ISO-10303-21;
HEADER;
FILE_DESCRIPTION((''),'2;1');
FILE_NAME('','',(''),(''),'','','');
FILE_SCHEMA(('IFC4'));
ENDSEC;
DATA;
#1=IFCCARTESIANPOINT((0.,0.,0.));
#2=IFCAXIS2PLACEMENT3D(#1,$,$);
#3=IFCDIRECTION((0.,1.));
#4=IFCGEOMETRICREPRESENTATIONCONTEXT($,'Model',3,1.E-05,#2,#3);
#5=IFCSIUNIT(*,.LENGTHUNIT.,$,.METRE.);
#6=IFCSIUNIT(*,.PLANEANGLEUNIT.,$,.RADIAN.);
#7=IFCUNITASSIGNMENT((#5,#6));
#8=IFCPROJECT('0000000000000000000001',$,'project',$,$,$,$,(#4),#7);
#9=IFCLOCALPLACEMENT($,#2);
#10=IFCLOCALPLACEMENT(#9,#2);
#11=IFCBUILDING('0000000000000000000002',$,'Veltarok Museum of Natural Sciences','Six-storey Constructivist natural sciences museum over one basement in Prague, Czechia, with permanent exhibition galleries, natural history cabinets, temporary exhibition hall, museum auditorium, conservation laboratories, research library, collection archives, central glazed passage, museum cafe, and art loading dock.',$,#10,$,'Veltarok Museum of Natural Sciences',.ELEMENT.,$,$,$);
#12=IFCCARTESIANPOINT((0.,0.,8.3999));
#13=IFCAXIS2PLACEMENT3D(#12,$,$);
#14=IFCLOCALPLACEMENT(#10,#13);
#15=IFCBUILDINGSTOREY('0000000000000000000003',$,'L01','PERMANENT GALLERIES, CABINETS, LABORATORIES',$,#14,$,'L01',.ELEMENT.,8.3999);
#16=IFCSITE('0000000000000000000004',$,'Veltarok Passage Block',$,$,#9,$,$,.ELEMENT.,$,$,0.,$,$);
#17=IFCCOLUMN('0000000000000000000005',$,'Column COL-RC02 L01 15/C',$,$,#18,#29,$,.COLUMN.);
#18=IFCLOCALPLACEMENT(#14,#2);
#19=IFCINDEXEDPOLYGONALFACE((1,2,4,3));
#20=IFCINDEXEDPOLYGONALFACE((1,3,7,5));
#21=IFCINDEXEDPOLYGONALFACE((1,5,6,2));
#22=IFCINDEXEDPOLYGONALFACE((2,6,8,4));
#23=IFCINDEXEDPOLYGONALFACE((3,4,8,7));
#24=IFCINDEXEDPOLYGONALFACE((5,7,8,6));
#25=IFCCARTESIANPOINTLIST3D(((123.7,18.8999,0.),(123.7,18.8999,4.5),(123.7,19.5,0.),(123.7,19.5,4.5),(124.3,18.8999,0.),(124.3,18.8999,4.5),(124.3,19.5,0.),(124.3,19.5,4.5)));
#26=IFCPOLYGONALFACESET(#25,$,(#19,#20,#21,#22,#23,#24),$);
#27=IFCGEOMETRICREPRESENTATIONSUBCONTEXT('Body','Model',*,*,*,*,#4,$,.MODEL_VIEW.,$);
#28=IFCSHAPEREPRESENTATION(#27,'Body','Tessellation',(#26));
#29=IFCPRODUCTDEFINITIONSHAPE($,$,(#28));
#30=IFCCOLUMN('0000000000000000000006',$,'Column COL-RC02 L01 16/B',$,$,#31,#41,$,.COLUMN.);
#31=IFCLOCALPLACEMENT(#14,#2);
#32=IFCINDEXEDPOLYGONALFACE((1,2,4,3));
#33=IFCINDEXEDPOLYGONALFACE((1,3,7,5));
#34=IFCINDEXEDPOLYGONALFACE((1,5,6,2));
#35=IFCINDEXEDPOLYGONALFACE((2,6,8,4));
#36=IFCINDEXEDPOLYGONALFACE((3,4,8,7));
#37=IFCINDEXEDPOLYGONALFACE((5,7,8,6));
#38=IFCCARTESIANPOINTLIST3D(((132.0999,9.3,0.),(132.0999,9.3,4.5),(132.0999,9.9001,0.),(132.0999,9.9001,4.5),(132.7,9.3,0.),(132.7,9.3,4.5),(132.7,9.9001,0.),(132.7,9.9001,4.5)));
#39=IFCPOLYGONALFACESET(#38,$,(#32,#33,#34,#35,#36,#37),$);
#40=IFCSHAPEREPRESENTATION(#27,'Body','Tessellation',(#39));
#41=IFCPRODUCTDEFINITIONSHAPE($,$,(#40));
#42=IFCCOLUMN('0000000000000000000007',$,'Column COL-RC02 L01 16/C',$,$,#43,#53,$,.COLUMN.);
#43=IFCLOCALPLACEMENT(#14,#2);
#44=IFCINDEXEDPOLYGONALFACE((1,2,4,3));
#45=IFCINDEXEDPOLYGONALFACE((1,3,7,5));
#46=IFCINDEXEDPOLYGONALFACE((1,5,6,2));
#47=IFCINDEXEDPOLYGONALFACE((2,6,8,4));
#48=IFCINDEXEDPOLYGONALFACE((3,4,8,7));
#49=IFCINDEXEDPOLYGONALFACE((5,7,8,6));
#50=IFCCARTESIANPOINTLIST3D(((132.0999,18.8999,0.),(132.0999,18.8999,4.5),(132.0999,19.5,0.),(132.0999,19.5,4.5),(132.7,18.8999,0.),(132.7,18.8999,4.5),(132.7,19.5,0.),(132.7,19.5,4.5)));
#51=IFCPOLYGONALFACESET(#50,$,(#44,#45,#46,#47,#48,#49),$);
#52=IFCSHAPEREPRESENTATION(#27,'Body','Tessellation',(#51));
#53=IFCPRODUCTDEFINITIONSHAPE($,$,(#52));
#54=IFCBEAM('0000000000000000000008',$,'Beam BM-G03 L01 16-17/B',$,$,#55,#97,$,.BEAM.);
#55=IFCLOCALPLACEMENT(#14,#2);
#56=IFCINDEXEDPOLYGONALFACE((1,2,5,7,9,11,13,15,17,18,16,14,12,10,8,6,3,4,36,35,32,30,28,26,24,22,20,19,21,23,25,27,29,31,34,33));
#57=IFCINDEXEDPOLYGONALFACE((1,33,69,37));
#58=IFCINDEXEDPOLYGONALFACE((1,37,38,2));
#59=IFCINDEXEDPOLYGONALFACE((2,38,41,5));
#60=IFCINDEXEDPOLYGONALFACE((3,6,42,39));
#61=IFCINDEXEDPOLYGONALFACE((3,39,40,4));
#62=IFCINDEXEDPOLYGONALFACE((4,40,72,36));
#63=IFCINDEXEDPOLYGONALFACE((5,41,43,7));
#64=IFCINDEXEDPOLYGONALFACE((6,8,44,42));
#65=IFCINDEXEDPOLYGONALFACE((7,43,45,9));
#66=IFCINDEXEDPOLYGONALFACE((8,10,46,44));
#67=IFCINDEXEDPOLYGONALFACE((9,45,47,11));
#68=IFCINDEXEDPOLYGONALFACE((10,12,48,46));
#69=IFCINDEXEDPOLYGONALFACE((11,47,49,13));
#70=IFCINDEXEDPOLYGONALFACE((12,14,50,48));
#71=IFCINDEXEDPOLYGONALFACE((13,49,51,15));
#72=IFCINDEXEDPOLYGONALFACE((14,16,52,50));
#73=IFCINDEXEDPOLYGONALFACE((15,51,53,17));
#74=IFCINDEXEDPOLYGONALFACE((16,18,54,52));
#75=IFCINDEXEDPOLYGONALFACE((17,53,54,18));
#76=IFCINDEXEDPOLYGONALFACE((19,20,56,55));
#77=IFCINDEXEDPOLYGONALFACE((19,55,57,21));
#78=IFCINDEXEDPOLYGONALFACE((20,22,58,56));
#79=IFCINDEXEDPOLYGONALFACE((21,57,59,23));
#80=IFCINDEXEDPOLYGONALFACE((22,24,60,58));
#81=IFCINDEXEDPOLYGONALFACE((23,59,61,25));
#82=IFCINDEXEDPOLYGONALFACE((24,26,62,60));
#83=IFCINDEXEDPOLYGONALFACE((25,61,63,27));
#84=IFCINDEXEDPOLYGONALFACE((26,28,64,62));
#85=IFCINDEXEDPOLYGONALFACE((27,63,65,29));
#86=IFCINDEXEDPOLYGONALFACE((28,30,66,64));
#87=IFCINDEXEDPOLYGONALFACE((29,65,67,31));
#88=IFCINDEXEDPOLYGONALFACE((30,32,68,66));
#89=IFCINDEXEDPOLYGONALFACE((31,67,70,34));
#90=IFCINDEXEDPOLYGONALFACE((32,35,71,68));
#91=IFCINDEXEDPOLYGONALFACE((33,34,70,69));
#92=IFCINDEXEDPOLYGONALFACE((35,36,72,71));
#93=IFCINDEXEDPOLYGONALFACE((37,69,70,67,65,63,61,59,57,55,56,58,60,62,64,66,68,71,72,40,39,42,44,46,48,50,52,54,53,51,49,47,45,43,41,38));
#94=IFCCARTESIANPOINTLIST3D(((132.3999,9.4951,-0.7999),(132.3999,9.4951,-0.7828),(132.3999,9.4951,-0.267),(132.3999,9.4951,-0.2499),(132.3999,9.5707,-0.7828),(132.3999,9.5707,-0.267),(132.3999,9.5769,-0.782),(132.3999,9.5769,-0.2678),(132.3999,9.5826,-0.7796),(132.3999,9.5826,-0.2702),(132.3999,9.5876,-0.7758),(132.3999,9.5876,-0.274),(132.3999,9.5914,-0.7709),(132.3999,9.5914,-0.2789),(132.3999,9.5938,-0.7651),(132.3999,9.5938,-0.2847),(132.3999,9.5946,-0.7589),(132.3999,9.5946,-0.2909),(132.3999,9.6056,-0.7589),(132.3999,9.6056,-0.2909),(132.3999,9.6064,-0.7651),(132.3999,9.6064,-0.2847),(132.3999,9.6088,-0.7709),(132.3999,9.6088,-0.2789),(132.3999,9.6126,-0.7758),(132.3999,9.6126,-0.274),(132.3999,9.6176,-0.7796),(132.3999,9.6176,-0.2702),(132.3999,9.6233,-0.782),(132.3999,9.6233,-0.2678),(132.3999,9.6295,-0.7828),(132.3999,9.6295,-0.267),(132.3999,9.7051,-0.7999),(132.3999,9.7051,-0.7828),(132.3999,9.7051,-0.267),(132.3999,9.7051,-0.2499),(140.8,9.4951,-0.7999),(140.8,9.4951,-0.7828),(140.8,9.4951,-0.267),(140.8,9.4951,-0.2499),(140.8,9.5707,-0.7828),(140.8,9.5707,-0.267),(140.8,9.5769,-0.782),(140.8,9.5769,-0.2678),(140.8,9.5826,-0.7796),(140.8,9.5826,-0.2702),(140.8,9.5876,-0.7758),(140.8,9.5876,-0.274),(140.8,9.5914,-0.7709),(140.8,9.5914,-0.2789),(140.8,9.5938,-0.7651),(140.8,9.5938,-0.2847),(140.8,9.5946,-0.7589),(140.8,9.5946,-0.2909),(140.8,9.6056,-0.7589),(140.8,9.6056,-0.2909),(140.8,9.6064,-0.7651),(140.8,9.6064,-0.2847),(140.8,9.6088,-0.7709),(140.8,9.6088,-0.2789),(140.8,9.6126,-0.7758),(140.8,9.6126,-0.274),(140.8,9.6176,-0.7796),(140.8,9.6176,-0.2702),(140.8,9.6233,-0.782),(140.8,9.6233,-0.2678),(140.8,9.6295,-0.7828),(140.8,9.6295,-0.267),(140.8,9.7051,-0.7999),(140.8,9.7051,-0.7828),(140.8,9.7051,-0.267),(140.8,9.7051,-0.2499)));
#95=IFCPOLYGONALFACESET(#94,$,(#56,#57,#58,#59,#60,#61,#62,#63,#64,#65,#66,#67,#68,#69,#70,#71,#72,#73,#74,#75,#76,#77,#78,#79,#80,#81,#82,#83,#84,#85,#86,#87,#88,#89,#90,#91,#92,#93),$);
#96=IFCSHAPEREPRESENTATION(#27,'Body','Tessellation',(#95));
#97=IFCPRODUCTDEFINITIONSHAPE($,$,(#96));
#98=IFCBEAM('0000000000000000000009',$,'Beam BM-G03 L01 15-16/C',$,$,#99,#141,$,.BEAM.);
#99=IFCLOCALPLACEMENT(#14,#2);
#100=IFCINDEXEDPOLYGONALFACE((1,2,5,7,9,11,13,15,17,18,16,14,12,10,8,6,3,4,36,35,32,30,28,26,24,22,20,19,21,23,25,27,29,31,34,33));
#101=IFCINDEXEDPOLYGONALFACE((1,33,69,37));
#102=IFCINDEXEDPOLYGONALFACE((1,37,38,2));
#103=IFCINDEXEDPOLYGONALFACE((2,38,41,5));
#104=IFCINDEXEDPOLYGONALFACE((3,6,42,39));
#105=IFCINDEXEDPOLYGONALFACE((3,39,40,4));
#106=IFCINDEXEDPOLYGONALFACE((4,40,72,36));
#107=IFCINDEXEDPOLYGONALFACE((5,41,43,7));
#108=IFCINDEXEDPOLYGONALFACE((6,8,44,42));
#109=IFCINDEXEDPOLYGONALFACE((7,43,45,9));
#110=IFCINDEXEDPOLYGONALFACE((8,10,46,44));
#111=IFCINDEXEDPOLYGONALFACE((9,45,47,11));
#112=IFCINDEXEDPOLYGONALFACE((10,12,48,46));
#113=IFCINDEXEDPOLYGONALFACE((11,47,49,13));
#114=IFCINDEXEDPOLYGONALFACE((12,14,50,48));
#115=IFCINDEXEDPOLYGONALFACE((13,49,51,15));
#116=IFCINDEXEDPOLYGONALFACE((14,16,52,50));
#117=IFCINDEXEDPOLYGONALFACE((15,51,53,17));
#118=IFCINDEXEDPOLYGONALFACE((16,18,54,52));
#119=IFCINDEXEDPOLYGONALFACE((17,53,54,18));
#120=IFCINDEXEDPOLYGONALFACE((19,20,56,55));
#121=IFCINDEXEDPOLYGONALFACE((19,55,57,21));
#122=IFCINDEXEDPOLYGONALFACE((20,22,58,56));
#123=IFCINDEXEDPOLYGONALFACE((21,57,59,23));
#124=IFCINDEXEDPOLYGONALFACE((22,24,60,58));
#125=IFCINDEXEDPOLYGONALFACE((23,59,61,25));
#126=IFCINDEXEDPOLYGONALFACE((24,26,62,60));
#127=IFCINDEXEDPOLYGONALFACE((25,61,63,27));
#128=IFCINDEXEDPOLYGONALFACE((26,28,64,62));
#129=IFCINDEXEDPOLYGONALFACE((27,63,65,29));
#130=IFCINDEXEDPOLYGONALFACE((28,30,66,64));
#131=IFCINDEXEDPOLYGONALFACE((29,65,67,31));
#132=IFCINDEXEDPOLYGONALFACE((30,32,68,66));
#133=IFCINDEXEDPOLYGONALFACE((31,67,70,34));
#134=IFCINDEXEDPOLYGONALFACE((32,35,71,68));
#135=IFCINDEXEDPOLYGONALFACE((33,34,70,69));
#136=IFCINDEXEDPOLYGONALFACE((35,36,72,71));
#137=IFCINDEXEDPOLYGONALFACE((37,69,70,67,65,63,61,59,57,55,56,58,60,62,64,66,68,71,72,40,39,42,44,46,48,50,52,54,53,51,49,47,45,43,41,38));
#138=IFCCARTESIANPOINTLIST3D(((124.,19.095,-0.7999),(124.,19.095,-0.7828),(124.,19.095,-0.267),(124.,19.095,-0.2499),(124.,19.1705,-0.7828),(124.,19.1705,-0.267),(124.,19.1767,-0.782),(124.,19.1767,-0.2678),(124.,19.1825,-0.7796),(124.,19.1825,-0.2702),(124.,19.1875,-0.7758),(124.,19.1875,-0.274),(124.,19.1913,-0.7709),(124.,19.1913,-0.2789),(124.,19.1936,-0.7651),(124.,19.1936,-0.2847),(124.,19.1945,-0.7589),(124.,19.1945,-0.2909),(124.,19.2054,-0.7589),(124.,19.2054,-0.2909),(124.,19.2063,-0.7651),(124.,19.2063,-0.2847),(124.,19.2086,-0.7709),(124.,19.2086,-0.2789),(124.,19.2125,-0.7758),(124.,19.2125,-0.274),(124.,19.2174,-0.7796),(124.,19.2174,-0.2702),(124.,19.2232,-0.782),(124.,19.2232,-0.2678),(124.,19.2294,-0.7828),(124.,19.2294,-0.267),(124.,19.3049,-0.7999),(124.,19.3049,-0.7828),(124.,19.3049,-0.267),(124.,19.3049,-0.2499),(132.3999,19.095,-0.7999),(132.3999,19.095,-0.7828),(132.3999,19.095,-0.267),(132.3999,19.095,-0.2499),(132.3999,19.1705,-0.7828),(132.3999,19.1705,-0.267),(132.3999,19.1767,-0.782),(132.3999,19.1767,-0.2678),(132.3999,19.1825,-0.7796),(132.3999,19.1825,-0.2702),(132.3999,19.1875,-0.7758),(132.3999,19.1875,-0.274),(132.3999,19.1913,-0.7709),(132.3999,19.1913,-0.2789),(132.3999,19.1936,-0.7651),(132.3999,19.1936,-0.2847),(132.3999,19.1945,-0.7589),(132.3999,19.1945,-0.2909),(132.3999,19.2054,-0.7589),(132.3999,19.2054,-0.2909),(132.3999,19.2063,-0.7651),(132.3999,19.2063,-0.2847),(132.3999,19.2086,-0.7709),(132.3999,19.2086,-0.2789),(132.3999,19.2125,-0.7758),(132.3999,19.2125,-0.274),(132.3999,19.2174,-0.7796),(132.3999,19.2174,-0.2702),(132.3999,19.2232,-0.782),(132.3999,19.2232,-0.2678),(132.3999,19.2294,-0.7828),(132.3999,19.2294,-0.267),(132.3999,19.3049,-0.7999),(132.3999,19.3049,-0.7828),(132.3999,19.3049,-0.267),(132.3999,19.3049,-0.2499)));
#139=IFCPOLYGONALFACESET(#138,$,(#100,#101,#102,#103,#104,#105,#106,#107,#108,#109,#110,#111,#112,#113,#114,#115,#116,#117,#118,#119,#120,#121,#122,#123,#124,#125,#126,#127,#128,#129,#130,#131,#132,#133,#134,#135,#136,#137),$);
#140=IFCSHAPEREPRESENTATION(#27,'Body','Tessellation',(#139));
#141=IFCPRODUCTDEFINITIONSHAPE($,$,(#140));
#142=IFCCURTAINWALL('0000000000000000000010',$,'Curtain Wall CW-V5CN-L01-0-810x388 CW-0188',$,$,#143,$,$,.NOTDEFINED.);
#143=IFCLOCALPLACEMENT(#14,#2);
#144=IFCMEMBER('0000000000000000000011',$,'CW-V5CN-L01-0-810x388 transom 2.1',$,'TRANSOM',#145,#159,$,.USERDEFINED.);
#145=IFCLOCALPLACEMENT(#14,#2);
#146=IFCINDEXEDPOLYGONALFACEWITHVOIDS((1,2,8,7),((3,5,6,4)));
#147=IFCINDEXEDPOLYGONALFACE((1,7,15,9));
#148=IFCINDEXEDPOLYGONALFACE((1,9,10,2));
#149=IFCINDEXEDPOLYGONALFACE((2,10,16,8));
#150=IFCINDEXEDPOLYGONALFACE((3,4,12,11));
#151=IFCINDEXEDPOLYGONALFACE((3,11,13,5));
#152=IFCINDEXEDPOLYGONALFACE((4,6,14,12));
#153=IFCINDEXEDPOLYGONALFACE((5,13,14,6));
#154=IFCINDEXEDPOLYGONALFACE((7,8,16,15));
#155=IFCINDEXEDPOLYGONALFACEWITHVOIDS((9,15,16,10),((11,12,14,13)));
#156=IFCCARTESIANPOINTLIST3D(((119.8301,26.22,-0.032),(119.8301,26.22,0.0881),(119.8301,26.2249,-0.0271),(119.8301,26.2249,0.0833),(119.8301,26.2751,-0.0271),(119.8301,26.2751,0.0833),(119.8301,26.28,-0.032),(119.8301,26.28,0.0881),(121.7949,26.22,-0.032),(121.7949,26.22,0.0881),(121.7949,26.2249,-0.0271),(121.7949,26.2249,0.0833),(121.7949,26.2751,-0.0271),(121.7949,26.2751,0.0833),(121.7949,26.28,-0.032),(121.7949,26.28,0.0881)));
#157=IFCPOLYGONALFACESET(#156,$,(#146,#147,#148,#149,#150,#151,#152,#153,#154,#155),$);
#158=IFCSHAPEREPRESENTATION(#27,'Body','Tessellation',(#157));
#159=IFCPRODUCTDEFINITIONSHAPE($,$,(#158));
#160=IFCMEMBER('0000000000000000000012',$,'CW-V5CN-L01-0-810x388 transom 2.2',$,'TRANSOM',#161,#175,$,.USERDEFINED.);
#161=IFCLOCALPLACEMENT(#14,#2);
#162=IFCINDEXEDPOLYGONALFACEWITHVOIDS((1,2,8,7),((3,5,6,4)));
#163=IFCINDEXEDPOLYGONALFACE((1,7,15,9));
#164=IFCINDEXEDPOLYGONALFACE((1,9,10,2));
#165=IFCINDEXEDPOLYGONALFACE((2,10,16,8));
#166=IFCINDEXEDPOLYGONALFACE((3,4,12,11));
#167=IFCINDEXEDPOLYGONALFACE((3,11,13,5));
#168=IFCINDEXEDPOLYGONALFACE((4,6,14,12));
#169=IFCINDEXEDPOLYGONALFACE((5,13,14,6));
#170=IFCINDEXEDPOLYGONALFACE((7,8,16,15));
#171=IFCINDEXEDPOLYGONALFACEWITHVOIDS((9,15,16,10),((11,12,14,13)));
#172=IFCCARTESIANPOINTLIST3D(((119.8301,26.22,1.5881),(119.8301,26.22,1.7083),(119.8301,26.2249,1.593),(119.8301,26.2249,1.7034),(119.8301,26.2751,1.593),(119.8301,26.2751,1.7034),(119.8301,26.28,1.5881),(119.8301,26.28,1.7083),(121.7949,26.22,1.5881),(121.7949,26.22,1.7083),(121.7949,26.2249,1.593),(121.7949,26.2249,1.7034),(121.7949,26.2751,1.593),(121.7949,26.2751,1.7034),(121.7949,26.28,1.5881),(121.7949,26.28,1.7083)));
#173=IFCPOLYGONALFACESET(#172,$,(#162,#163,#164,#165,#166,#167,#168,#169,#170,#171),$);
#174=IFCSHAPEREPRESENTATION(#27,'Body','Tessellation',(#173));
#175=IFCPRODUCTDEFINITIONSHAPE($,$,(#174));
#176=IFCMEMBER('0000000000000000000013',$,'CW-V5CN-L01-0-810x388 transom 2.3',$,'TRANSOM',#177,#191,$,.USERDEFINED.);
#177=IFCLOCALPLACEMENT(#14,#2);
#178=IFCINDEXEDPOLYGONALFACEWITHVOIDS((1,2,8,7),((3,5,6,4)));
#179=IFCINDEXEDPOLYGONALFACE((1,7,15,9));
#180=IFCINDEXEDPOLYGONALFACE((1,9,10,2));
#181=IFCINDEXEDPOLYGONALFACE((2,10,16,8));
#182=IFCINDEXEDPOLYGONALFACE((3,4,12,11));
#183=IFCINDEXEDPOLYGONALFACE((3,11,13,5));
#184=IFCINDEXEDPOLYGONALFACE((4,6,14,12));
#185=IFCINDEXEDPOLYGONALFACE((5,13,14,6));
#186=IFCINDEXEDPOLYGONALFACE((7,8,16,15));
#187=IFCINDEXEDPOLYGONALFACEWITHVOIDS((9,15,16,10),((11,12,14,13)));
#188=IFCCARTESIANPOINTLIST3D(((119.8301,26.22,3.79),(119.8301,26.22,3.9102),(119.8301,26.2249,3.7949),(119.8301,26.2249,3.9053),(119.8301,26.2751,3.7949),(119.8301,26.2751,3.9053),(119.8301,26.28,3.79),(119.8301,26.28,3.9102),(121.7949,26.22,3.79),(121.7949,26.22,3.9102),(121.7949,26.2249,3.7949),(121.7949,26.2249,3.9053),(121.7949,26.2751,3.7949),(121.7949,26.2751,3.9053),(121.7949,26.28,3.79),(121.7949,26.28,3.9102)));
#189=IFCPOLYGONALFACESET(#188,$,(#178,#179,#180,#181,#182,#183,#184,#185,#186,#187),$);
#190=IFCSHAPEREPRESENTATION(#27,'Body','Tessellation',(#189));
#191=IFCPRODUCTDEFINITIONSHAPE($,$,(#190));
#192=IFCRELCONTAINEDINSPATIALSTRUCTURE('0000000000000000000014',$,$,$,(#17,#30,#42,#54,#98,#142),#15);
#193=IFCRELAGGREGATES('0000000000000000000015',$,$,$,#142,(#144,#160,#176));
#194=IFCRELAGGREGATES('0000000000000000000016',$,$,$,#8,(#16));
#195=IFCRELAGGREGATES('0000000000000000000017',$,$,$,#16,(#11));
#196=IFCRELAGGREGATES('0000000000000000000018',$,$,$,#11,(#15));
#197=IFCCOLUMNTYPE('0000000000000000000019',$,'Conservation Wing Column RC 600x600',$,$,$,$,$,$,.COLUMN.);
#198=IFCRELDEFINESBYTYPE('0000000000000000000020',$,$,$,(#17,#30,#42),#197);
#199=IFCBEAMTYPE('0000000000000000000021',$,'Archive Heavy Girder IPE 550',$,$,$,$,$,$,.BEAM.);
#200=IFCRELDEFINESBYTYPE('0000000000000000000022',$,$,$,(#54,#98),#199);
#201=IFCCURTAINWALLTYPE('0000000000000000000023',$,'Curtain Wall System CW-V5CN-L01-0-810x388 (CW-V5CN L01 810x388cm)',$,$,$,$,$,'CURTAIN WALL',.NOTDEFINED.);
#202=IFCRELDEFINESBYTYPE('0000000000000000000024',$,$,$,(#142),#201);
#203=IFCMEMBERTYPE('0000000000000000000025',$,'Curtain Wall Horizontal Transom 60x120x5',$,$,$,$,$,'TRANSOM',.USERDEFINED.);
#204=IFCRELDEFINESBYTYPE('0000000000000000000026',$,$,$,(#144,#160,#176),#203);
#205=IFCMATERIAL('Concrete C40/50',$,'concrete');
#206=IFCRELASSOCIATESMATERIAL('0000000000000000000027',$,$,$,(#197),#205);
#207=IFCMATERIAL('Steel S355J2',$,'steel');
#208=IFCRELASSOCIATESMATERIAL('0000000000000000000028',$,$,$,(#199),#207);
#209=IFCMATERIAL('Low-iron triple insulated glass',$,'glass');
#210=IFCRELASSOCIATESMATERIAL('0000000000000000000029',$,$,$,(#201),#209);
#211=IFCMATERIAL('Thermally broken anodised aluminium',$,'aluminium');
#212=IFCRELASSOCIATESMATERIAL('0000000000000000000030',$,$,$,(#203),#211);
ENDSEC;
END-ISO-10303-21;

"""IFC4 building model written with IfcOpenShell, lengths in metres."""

from ifc_helpers import new_model, si_unit, direction, frame, origin, origin_2d, place, context, subcontext, project, spatial, rectangle, hollow_rectangle, i_section, extrude, material, material_profile, profile_set, type_object, element, aggregate, save


model = new_model("IFC4")

# Units and contexts
model_context = context("Model", 3, precision=1e-05, world=origin(), true_north=direction((0.0, 1.0)))
body_context = subcontext(model_context, "Body", "Model", "MODEL_VIEW")
ifc_project = project(units=[si_unit("LENGTHUNIT", "METRE"), si_unit("PLANEANGLEUNIT", "RADIAN")], contexts=[model_context])

# Site, building, storey
site_placement = place(None, origin())
site = spatial("IfcSite", under=ifc_project, at=site_placement, Name="Veltarok Passage Block", CompositionType="ELEMENT", RefElevation=0.0)
building_placement = place(site_placement, origin())
building = spatial("IfcBuilding", under=site, at=building_placement, Name="Veltarok Museum of Natural Sciences", Description="Six-storey Constructivist natural sciences museum over one basement in Prague, Czechia, with permanent exhibition galleries, natural history cabinets, temporary exhibition hall, museum auditorium, conservation laboratories, research library, collection archives, central glazed passage, museum cafe, and art loading dock.", LongName="Veltarok Museum of Natural Sciences", CompositionType="ELEMENT")
storey_placement = place(building_placement, frame((0.0, 0.0, 8.3999)))
storey = spatial("IfcBuildingStorey", under=building, at=storey_placement, Name="L01", Description="PERMANENT GALLERIES, CABINETS, LABORATORIES", LongName="L01", CompositionType="ELEMENT", Elevation=8.3999)

# Columns
ifc_material_1 = material(Name="Concrete C40/50", Category="concrete")
ifc_material_profile_1 = material_profile(ifc_material_1, rectangle(XDim=0.6001, YDim=0.6001, at=origin_2d()), Name="RC 600x600")
ifc_profile_set_1 = profile_set([ifc_material_profile_1], Name="Concrete C40/50")
column_type = type_object("IfcColumnType", Name="Conservation Wing Column RC 600x600", PredefinedType="COLUMN", material=ifc_profile_set_1)
for number, where, z_axis, x_axis, name in (
    (1, (124.0, 19.2, 0.0), (0.0, 0.0, 1.0), (1.0, 0.0, 0.0), "Column COL-RC02 L01 15/C"),
    (2, (132.3999, 9.6001, 0.0), (0.0, 0.0, 1.0), (1.0, 0.0, 0.0), "Column COL-RC02 L01 16/B"),
    (3, (132.3999, 19.2, 0.0), (0.0, 0.0, 1.0), (1.0, 0.0, 0.0), "Column COL-RC02 L01 16/C"),
):
    element("IfcColumn", number, at=place(storey_placement, frame(where, z_axis=z_axis, x_axis=x_axis)), inside=storey, type_object=column_type, Name=name, PredefinedType="COLUMN", context=body_context, shape_type="SweptSolid", body=[
        extrude(rectangle(XDim=0.6001, YDim=0.6001, at=origin_2d()), origin(), (0.0, 0.0, 1.0), 4.5),
    ])

# Beams
ifc_material_2 = material(Name="Steel S355J2", Category="steel")
ifc_material_profile_2 = material_profile(ifc_material_2, i_section(OverallWidth=0.21, OverallDepth=0.55, WebThickness=0.011, FlangeThickness=0.0171, FilletRadius=0.0239, at=origin_2d()), Name="IPE 550")
ifc_profile_set_2 = profile_set([ifc_material_profile_2], Name="Steel S355J2")
beam_type_1 = type_object("IfcBeamType", Name="Archive Heavy Girder IPE 550", PredefinedType="BEAM", material=ifc_profile_set_2)
beam_1_placement = place(storey_placement, frame((132.3999, 9.6001, -0.5249), z_axis=(1.0, 0.0, 0.0), x_axis=(0.0, 1.0, 0.0)))
element("IfcBeam", 4, at=beam_1_placement, inside=storey, type_object=beam_type_1, Name="Beam BM-G03 L01 16-17/B", PredefinedType="BEAM", context=body_context, shape_type="SweptSolid", body=[
    extrude(i_section(OverallWidth=0.21, OverallDepth=0.55, WebThickness=0.011, FlangeThickness=0.0171, FilletRadius=0.0239, at=origin_2d()), origin(), (0.0, 0.0, 1.0), 8.4001),
])
beam_2_placement = place(storey_placement, frame((124.0, 19.2, -0.5249), z_axis=(1.0, 0.0, 0.0), x_axis=(0.0, 1.0, 0.0)))
element("IfcBeam", 5, at=beam_2_placement, inside=storey, type_object=beam_type_1, Name="Beam BM-G03 L01 15-16/C", PredefinedType="BEAM", context=body_context, shape_type="SweptSolid", body=[
    extrude(i_section(OverallWidth=0.21, OverallDepth=0.55, WebThickness=0.011, FlangeThickness=0.0171, FilletRadius=0.0239, at=origin_2d()), origin(), (0.0, 0.0, 1.0), 8.3999),
])

# Curtain wall, members
ifc_material_3 = material(Name="Low-iron triple insulated glass", Category="glass")
curtain_wall_type = type_object("IfcCurtainWallType", Name="Curtain Wall System CW-V5CN-L01-0-810x388 (CW-V5CN L01 810x388cm)", ElementType="CURTAIN WALL", PredefinedType="NOTDEFINED", material=ifc_material_3)
curtain_wall_placement = place(storey_placement, origin())
curtain_wall = element("IfcCurtainWall", 6, at=curtain_wall_placement, inside=storey, type_object=curtain_wall_type, Name="Curtain Wall CW-V5CN-L01-0-810x388 CW-0188", PredefinedType="NOTDEFINED")
ifc_material_4 = material(Name="Thermally broken anodised aluminium", Category="aluminium")
ifc_material_profile_3 = material_profile(ifc_material_4, hollow_rectangle(XDim=0.0601, YDim=0.1201, WallThickness=0.0049, at=origin_2d()), Name="CW TRANSOM 60x120x5")
ifc_profile_set_3 = profile_set([ifc_material_profile_3], Name="Thermally broken anodised aluminium")
member_type_1 = type_object("IfcMemberType", Name="Curtain Wall Horizontal Transom 60x120x5", ElementType="TRANSOM", PredefinedType="USERDEFINED", material=ifc_profile_set_3)
member_1_placement = place(storey_placement, frame((121.7949, 26.25, 0.0281), z_axis=(-1.0, 0.0, 0.0), x_axis=(0.0, -1.0, 0.0)))
member_1 = element("IfcMember", 7, at=member_1_placement, type_object=member_type_1, Name="CW-V5CN-L01-0-810x388 transom 2.1", ObjectType="TRANSOM", PredefinedType="USERDEFINED", context=body_context, shape_type="SweptSolid", body=[
    extrude(hollow_rectangle(XDim=0.0601, YDim=0.1201, WallThickness=0.0049, at=origin_2d()), origin(), (0.0, 0.0, 1.0), 1.9648),
])
member_2_placement = place(storey_placement, frame((121.7949, 26.25, 1.6482), z_axis=(-1.0, 0.0, 0.0), x_axis=(0.0, -1.0, 0.0)))
member_2 = element("IfcMember", 8, at=member_2_placement, type_object=member_type_1, Name="CW-V5CN-L01-0-810x388 transom 2.2", ObjectType="TRANSOM", PredefinedType="USERDEFINED", context=body_context, shape_type="SweptSolid", body=[
    extrude(hollow_rectangle(XDim=0.0601, YDim=0.1201, WallThickness=0.0049, at=origin_2d()), origin(), (0.0, 0.0, 1.0), 1.9648),
])
member_3_placement = place(storey_placement, frame((121.7949, 26.25, 3.8501), z_axis=(-1.0, 0.0, 0.0), x_axis=(0.0, -1.0, 0.0)))
member_3 = element("IfcMember", 9, at=member_3_placement, type_object=member_type_1, Name="CW-V5CN-L01-0-810x388 transom 2.3", ObjectType="TRANSOM", PredefinedType="USERDEFINED", context=body_context, shape_type="SweptSolid", body=[
    extrude(hollow_rectangle(XDim=0.0601, YDim=0.1201, WallThickness=0.0049, at=origin_2d()), origin(), (0.0, 0.0, 1.0), 1.9648),
])

aggregate(curtain_wall, [member_1, member_2, member_3])

save(model, "model.ifc")
